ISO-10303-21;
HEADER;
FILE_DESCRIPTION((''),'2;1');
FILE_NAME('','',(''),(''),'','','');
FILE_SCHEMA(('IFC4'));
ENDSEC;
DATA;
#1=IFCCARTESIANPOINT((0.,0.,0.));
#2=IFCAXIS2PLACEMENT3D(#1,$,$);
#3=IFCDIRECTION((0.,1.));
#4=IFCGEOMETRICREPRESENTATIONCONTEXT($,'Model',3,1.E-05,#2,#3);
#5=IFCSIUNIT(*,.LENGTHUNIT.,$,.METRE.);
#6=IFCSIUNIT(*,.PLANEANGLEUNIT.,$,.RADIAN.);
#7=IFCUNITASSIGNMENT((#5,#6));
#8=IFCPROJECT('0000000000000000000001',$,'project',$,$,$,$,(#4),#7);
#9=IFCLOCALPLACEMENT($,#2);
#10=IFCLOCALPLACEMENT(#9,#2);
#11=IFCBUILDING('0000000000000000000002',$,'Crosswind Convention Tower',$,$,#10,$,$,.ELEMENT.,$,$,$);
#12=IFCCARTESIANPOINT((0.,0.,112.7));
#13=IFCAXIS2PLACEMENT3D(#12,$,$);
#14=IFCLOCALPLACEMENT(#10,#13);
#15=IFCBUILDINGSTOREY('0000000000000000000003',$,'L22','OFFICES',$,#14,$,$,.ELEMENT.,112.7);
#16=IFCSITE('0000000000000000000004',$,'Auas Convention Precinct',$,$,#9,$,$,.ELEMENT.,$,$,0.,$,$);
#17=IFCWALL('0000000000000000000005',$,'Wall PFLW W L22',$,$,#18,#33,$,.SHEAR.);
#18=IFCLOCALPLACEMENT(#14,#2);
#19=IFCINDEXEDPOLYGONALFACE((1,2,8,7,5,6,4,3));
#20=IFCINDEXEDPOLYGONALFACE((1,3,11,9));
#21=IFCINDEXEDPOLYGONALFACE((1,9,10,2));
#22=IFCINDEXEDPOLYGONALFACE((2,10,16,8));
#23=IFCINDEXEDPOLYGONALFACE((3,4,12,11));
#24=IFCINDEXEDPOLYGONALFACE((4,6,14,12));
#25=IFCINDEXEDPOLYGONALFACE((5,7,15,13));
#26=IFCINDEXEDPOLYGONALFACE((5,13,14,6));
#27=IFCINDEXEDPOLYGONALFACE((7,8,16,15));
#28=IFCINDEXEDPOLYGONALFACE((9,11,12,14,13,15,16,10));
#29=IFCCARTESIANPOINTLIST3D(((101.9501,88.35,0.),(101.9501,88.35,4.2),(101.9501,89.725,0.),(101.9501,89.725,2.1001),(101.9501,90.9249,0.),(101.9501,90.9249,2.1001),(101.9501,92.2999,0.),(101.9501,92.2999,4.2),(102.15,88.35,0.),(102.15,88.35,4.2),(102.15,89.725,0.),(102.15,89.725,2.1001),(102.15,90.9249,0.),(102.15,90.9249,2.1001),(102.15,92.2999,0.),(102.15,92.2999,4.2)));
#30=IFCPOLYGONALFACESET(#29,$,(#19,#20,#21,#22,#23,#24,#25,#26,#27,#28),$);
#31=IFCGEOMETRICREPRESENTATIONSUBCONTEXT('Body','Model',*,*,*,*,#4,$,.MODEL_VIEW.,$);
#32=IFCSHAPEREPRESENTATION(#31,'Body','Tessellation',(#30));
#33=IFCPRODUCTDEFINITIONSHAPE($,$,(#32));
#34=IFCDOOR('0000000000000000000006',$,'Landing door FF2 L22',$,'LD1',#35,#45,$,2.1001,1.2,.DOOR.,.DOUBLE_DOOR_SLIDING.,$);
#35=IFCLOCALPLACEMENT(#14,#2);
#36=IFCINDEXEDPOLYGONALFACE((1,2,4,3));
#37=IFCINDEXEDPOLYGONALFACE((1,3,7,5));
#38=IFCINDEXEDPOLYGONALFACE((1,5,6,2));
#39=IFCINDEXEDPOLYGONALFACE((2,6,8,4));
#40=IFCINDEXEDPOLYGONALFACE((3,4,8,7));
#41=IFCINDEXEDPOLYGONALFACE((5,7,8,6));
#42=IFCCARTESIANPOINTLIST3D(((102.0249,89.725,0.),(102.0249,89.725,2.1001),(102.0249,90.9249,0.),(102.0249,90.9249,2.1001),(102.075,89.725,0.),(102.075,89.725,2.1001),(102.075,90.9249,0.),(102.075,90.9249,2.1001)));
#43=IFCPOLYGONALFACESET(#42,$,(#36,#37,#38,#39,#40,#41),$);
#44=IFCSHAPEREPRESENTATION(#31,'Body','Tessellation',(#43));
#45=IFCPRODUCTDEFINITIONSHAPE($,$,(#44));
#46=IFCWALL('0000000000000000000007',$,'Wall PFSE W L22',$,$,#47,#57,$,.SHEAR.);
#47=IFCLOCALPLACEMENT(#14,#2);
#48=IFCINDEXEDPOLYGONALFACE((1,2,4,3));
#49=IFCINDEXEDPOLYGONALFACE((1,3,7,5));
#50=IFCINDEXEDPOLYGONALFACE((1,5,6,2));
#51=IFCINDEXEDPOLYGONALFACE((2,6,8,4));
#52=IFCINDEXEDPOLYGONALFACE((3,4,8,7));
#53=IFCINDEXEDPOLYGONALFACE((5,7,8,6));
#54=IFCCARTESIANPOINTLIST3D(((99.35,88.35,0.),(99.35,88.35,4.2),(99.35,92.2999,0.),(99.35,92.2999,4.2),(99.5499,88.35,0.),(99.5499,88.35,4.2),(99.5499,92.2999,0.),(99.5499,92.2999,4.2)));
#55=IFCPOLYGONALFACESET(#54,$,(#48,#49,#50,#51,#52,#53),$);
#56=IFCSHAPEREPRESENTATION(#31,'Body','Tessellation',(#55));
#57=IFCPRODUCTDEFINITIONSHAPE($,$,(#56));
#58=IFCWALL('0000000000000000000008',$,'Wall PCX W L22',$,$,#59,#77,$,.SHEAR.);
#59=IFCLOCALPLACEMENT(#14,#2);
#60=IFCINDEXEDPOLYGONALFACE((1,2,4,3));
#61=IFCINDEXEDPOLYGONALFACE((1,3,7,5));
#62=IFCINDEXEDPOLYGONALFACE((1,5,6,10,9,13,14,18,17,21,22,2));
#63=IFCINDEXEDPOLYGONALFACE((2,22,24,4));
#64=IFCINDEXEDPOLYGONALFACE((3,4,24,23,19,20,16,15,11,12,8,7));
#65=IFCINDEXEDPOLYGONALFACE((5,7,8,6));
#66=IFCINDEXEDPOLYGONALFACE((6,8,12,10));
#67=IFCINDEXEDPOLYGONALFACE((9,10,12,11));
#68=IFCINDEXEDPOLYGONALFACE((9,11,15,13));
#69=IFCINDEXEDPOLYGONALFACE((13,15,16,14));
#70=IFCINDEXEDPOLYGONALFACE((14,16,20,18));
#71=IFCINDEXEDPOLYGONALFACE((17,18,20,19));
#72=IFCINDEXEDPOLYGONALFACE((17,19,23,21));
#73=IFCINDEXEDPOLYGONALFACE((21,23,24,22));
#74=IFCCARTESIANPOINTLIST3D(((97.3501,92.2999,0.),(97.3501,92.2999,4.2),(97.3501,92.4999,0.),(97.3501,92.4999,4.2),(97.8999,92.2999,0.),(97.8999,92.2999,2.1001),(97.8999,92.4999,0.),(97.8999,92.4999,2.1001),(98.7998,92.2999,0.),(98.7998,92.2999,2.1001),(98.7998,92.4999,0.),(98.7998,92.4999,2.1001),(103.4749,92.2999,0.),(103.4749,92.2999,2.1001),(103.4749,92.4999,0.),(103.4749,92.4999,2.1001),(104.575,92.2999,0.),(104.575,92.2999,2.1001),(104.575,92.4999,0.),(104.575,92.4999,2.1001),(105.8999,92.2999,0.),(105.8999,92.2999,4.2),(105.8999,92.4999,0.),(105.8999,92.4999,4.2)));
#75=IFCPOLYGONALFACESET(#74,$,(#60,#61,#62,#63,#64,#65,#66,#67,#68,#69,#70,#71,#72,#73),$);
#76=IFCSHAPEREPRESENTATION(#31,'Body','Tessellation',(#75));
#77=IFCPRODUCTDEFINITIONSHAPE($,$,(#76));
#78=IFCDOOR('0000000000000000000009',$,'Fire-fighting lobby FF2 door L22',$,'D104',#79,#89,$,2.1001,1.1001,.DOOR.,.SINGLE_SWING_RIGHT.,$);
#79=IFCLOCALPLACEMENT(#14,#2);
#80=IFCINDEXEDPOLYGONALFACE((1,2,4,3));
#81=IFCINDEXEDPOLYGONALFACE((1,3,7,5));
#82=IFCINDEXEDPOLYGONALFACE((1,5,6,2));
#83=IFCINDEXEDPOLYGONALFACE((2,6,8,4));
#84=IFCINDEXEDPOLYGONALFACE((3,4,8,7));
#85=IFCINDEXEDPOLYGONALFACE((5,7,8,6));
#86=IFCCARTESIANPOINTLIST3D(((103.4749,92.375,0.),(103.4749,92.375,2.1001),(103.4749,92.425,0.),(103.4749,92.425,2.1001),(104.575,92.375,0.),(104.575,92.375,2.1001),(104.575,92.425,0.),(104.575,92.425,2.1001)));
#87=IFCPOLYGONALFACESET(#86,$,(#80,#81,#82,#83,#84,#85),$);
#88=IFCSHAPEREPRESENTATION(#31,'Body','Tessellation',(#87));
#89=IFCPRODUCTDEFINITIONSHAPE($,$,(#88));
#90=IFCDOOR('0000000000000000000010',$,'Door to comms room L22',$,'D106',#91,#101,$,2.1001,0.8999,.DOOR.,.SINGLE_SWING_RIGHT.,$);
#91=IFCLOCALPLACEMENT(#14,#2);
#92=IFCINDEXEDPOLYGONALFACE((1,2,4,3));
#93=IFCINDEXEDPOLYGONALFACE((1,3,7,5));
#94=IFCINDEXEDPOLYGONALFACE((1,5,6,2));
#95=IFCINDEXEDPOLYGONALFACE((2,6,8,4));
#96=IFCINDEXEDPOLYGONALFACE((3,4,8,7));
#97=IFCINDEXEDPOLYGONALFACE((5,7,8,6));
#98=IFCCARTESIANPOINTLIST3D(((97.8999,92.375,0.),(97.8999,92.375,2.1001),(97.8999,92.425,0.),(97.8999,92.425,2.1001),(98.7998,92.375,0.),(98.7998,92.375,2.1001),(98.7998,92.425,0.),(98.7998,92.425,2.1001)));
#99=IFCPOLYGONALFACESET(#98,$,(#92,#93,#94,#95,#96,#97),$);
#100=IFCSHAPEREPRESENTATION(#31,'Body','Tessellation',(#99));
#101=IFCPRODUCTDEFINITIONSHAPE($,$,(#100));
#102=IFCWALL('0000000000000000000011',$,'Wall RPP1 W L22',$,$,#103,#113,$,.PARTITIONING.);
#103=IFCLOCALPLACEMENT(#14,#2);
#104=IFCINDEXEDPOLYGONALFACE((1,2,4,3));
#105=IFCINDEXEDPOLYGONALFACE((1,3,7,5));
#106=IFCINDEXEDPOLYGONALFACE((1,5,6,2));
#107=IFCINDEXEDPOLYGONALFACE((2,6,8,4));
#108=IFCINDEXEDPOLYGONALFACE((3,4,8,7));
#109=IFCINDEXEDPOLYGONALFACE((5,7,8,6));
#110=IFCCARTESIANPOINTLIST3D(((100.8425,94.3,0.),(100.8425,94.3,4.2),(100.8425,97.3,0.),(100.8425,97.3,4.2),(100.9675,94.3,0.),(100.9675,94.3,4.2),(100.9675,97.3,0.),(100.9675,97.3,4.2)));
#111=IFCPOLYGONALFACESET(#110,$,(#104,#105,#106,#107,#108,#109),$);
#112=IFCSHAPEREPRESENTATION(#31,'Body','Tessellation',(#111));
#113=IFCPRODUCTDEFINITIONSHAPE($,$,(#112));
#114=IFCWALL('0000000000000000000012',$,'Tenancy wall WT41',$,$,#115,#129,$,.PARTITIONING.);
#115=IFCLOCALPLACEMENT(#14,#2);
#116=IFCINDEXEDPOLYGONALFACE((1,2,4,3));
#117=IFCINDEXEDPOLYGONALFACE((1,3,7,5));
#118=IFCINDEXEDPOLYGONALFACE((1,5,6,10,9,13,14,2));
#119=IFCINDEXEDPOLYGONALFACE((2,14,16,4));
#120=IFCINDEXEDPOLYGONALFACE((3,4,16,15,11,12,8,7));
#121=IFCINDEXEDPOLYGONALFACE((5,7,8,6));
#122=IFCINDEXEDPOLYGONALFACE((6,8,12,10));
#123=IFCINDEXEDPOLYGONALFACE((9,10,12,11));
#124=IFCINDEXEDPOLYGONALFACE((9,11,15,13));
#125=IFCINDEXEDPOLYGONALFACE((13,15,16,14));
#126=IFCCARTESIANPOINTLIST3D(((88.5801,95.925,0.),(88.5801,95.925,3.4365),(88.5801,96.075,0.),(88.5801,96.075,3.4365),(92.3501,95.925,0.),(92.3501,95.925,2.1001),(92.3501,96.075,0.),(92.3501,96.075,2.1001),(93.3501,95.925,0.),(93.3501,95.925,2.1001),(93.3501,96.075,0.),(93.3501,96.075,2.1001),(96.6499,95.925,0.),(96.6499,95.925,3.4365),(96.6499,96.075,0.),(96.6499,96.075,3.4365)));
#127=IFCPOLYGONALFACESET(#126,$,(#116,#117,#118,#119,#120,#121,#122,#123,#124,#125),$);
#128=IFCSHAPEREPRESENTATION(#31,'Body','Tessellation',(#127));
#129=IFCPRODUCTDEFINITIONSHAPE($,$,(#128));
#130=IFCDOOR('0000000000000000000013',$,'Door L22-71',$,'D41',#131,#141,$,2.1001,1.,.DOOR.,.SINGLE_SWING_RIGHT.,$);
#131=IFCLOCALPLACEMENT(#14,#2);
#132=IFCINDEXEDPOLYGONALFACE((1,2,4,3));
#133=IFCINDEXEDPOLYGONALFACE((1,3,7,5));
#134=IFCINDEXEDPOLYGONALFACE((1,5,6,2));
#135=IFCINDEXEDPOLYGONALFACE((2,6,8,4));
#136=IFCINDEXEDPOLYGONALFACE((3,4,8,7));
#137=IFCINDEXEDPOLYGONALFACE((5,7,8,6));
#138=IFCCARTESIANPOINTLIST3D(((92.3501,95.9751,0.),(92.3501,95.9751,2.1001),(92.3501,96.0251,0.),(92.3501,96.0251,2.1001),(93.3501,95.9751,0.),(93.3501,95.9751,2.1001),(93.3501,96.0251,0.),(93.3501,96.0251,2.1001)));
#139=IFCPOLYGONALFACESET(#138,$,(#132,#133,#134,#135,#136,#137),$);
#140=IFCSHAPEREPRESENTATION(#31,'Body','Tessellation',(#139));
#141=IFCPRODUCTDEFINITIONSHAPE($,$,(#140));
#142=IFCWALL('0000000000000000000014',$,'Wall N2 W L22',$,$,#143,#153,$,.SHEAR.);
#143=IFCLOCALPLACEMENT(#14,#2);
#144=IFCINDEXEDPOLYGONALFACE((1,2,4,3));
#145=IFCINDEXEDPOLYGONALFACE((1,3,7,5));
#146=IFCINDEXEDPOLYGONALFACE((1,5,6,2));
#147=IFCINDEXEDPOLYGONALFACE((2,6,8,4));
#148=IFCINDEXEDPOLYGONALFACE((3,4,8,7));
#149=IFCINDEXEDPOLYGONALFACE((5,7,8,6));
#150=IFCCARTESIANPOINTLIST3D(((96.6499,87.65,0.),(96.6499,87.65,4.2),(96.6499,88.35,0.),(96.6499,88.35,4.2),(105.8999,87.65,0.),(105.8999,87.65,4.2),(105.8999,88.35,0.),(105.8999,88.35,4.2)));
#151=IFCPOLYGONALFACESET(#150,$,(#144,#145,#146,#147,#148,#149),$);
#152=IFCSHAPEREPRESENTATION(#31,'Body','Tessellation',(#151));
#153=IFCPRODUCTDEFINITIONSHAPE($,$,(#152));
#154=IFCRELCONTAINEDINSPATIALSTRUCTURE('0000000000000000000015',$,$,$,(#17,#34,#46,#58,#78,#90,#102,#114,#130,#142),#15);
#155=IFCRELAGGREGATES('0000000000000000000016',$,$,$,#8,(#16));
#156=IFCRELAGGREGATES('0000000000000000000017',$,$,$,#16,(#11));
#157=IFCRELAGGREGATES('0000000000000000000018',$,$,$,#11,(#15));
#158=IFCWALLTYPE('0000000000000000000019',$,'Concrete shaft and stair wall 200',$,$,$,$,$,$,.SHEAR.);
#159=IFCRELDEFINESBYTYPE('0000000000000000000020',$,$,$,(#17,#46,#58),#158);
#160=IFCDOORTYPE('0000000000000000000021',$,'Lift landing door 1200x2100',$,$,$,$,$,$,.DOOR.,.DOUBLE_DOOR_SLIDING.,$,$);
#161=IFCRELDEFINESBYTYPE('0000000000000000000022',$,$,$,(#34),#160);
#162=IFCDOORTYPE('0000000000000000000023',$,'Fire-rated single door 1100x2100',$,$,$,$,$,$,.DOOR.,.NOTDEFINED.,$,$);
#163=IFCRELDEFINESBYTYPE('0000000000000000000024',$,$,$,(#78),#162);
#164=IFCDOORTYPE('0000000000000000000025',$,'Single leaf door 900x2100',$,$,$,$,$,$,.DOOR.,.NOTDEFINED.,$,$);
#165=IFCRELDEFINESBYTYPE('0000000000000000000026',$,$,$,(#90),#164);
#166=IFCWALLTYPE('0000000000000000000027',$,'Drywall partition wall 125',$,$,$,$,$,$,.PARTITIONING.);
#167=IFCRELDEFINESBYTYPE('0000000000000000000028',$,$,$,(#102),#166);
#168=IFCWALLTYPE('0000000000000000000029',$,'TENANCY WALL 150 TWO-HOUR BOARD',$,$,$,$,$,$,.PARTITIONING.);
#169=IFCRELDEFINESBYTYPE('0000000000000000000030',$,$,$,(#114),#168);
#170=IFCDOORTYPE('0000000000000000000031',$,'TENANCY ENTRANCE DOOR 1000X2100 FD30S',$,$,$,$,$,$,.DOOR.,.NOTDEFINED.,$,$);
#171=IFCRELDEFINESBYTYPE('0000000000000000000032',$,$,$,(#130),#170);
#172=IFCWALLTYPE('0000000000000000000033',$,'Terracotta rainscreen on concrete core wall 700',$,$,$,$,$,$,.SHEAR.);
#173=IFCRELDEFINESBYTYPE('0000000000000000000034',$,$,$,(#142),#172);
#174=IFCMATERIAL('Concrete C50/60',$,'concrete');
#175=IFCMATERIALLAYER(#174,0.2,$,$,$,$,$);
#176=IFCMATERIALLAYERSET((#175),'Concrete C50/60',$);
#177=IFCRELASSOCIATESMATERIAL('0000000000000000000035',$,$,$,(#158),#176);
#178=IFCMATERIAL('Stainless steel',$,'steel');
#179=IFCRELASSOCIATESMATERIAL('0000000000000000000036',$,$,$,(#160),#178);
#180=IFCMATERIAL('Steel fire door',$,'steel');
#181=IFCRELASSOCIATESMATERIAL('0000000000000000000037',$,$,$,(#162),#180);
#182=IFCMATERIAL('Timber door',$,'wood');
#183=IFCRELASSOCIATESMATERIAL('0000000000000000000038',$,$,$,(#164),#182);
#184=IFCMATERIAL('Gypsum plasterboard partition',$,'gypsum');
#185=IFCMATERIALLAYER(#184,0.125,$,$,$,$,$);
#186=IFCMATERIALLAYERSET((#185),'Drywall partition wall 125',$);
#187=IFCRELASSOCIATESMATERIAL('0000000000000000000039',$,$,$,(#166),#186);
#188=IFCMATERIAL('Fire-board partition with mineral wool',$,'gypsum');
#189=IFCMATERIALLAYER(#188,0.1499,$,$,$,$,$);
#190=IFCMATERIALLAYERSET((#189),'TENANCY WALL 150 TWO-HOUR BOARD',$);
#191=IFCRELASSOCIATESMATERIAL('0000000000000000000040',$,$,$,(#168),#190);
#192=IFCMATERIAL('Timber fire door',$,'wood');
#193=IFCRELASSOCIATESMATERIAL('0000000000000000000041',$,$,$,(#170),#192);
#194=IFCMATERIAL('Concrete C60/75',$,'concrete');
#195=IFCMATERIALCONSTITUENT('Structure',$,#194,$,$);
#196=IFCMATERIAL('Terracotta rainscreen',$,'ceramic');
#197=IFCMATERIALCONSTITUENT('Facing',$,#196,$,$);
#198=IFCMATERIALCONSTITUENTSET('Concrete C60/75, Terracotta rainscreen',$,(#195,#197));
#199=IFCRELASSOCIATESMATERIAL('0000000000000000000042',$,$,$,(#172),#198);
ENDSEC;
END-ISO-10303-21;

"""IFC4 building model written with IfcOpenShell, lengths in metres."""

from ifc_helpers import new_model, si_unit, direction, frame, frame_2d, origin, place, context, subcontext, project, spatial, rectangle, extrude, material, layer, layer_set, constituent, constituent_set, type_object, element, fill, save


model = new_model("IFC4")

# Units and contexts
model_context = context("Model", 3, precision=1e-05, world=origin(), true_north=direction((0.0, 1.0)))
body_context = subcontext(model_context, "Body", "Model", "MODEL_VIEW")
ifc_project = project(units=[si_unit("LENGTHUNIT", "METRE"), si_unit("PLANEANGLEUNIT", "RADIAN")], contexts=[model_context])

# Site, building, storey
site_placement = place(None, origin())
site = spatial("IfcSite", under=ifc_project, at=site_placement, Name="Auas Convention Precinct", CompositionType="ELEMENT", RefElevation=0.0)
building_placement = place(site_placement, origin())
building = spatial("IfcBuilding", under=site, at=building_placement, Name="Crosswind Convention Tower", CompositionType="ELEMENT")
storey_placement = place(building_placement, frame((0.0, 0.0, 112.7)))
storey = spatial("IfcBuildingStorey", under=building, at=storey_placement, Name="L22", Description="OFFICES", CompositionType="ELEMENT", Elevation=112.7)

# Shared definitions
ifc_material_1 = material(Name="Concrete C60/75", Category="concrete")

# Shared definitions
ifc_material_2 = material(Name="Concrete C50/60", Category="concrete")
ifc_layer_1 = layer(ifc_material_2, 0.2)
ifc_layer_set_1 = layer_set([ifc_layer_1], Name="Concrete C50/60")
wall_type_1 = type_object("IfcWallType", Name="Concrete shaft and stair wall 200", PredefinedType="SHEAR", material=ifc_layer_set_1)

# Wall, opening, door
wall_1_placement = place(storey_placement, frame((102.05, 92.3, 0.0), z_axis=(0.0, 0.0, 1.0), x_axis=(0.0, -1.0, 0.0)))
wall_1 = element("IfcWall", 1, at=wall_1_placement, inside=storey, type_object=wall_type_1, Name="Wall PFLW W L22", PredefinedType="SHEAR", context=body_context, shape_type="SweptSolid", body=[
    extrude(rectangle(XDim=3.95, YDim=0.2, at=frame_2d((1.9751, 0.0))), origin(), (0.0, 0.0, 1.0), 4.2),
])
opening_1_placement = place(wall_1_placement, frame((1.375, 0.0, 0.0)))
opening_1 = element("IfcOpeningElement", 2, at=opening_1_placement, cuts=wall_1, PredefinedType="OPENING", context=body_context, shape_type="SweptSolid", body=[
    extrude(rectangle(XDim=1.2, YDim=2.1001, at=frame_2d((0.6001, 1.05))), frame((0.0, 0.1099, 0.0), z_axis=(0.0, -1.0, 0.0), x_axis=(1.0, 0.0, 0.0)), (0.0, 0.0, 1.0), 0.22),
])
ifc_material_3 = material(Name="Stainless steel", Category="steel")
door_type_1 = type_object("IfcDoorType", Name="Lift landing door 1200x2100", OperationType="DOUBLE_DOOR_SLIDING", PredefinedType="DOOR", material=ifc_material_3)
door_1_placement = place(opening_1_placement, origin())
door_1 = element("IfcDoor", 3, at=door_1_placement, inside=storey, type_object=door_type_1, Name="Landing door FF2 L22", ObjectType="LD1", OperationType="DOUBLE_DOOR_SLIDING", OverallHeight=2.1001, OverallWidth=1.2, PredefinedType="DOOR", context=body_context, shape_type="SweptSolid", body=[
    extrude(rectangle(XDim=1.2, YDim=2.1001, at=frame_2d((0.6001, 1.05))), frame((0.0, 0.0249, 0.0), z_axis=(0.0, -1.0, 0.0), x_axis=(1.0, 0.0, 0.0)), (0.0, 0.0, 1.0), 0.05),
])
fill(opening_1, door_1)

# Wall
wall_2_placement = place(storey_placement, frame((99.45, 92.3, 0.0), z_axis=(0.0, 0.0, 1.0), x_axis=(0.0, -1.0, 0.0)))
element("IfcWall", 4, at=wall_2_placement, inside=storey, type_object=wall_type_1, Name="Wall PFSE W L22", PredefinedType="SHEAR", context=body_context, shape_type="SweptSolid", body=[
    extrude(rectangle(XDim=3.95, YDim=0.2, at=frame_2d((1.9751, 0.0))), origin(), (0.0, 0.0, 1.0), 4.2),
])

# Wall, openings, doors
wall_3_placement = place(storey_placement, frame((105.8999, 92.3999, 0.0), z_axis=(0.0, 0.0, 1.0), x_axis=(-1.0, 0.0, 0.0)))
wall_3 = element("IfcWall", 5, at=wall_3_placement, inside=storey, type_object=wall_type_1, Name="Wall PCX W L22", PredefinedType="SHEAR", context=body_context, shape_type="SweptSolid", body=[
    extrude(rectangle(XDim=8.5498, YDim=0.2, at=frame_2d((4.2749, 0.0))), origin(), (0.0, 0.0, 1.0), 4.2),
])
opening_2_placement = place(wall_3_placement, frame((1.325, 0.0, 0.0)))
opening_2 = element("IfcOpeningElement", 6, at=opening_2_placement, cuts=wall_3, PredefinedType="OPENING", context=body_context, shape_type="SweptSolid", body=[
    extrude(rectangle(XDim=1.1001, YDim=2.1001, at=frame_2d((0.55, 1.05))), frame((0.0, 0.1099, 0.0), z_axis=(0.0, -1.0, 0.0), x_axis=(1.0, 0.0, 0.0)), (0.0, 0.0, 1.0), 0.22),
])
opening_3_placement = place(wall_3_placement, frame((7.1001, 0.0, 0.0)))
opening_3 = element("IfcOpeningElement", 7, at=opening_3_placement, cuts=wall_3, PredefinedType="OPENING", context=body_context, shape_type="SweptSolid", body=[
    extrude(rectangle(XDim=0.8999, YDim=2.1001, at=frame_2d((0.45, 1.05))), frame((0.0, 0.1099, 0.0), z_axis=(0.0, -1.0, 0.0), x_axis=(1.0, 0.0, 0.0)), (0.0, 0.0, 1.0), 0.22),
])
ifc_material_4 = material(Name="Steel fire door", Category="steel")
door_type_2 = type_object("IfcDoorType", Name="Fire-rated single door 1100x2100", OperationType="NOTDEFINED", PredefinedType="DOOR", material=ifc_material_4)
door_2_placement = place(opening_2_placement, origin())
door_2 = element("IfcDoor", 8, at=door_2_placement, inside=storey, type_object=door_type_2, Name="Fire-fighting lobby FF2 door L22", ObjectType="D104", OperationType="SINGLE_SWING_RIGHT", OverallHeight=2.1001, OverallWidth=1.1001, PredefinedType="DOOR", context=body_context, shape_type="SweptSolid", body=[
    extrude(rectangle(XDim=1.1001, YDim=2.1001, at=frame_2d((0.55, 1.05))), frame((0.0, 0.0249, 0.0), z_axis=(0.0, -1.0, 0.0), x_axis=(1.0, 0.0, 0.0)), (0.0, 0.0, 1.0), 0.05),
])
fill(opening_2, door_2)
ifc_material_5 = material(Name="Timber door", Category="wood")
door_type_3 = type_object("IfcDoorType", Name="Single leaf door 900x2100", OperationType="NOTDEFINED", PredefinedType="DOOR", material=ifc_material_5)
door_3_placement = place(opening_3_placement, origin())
door_3 = element("IfcDoor", 9, at=door_3_placement, inside=storey, type_object=door_type_3, Name="Door to comms room L22", ObjectType="D106", OperationType="SINGLE_SWING_RIGHT", OverallHeight=2.1001, OverallWidth=0.8999, PredefinedType="DOOR", context=body_context, shape_type="SweptSolid", body=[
    extrude(rectangle(XDim=0.8999, YDim=2.1001, at=frame_2d((0.45, 1.05))), frame((0.0, 0.0249, 0.0), z_axis=(0.0, -1.0, 0.0), x_axis=(1.0, 0.0, 0.0)), (0.0, 0.0, 1.0), 0.05),
])
fill(opening_3, door_3)

# Wall
ifc_material_6 = material(Name="Gypsum plasterboard partition", Category="gypsum")
ifc_layer_2 = layer(ifc_material_6, 0.125)
ifc_layer_set_2 = layer_set([ifc_layer_2], Name="Drywall partition wall 125")
wall_type_2 = type_object("IfcWallType", Name="Drywall partition wall 125", PredefinedType="PARTITIONING", material=ifc_layer_set_2)
wall_4_placement = place(storey_placement, frame((100.905, 97.3, 0.0), z_axis=(0.0, 0.0, 1.0), x_axis=(0.0, -1.0, 0.0)))
element("IfcWall", 10, at=wall_4_placement, inside=storey, type_object=wall_type_2, Name="Wall RPP1 W L22", PredefinedType="PARTITIONING", context=body_context, shape_type="SweptSolid", body=[
    extrude(rectangle(XDim=3.0, YDim=0.125, at=frame_2d((1.5, 0.0))), origin(), (0.0, 0.0, 1.0), 4.2),
])

# Wall, opening, door
ifc_material_7 = material(Name="Fire-board partition with mineral wool", Category="gypsum")
ifc_layer_3 = layer(ifc_material_7, 0.1499)
ifc_layer_set_3 = layer_set([ifc_layer_3], Name="TENANCY WALL 150 TWO-HOUR BOARD")
wall_type_3 = type_object("IfcWallType", Name="TENANCY WALL 150 TWO-HOUR BOARD", PredefinedType="PARTITIONING", material=ifc_layer_set_3)
wall_5_placement = place(storey_placement, frame((88.5801, 96.0, 0.0), z_axis=(0.0, 0.0, 1.0), x_axis=(1.0, 0.0, 0.0)))
wall_5 = element("IfcWall", 11, at=wall_5_placement, inside=storey, type_object=wall_type_3, Name="Tenancy wall WT41", PredefinedType="PARTITIONING", context=body_context, shape_type="SweptSolid", body=[
    extrude(rectangle(XDim=8.0698, YDim=0.1499, at=frame_2d((4.0349, 0.0))), origin(), (0.0, 0.0, 1.0), 3.4365),
])
opening_4_placement = place(wall_5_placement, frame((3.77, 0.0, 0.0)))
opening_4 = element("IfcOpeningElement", 12, at=opening_4_placement, cuts=wall_5, PredefinedType="OPENING", context=body_context, shape_type="SweptSolid", body=[
    extrude(rectangle(XDim=1.0, YDim=2.1001, at=frame_2d((0.5, 1.05))), frame((0.0, 0.085, 0.0), z_axis=(0.0, -1.0, 0.0), x_axis=(1.0, 0.0, 0.0)), (0.0, 0.0, 1.0), 0.1699),
])
ifc_material_8 = material(Name="Timber fire door", Category="wood")
door_type_4 = type_object("IfcDoorType", Name="TENANCY ENTRANCE DOOR 1000X2100 FD30S", OperationType="NOTDEFINED", PredefinedType="DOOR", material=ifc_material_8)
door_4_placement = place(opening_4_placement, frame((1.0, 0.0, 0.0), z_axis=(0.0, 0.0, 1.0), x_axis=(-1.0, 0.0, 0.0)))
door_4 = element("IfcDoor", 13, at=door_4_placement, inside=storey, type_object=door_type_4, Name="Door L22-71", ObjectType="D41", OperationType="SINGLE_SWING_RIGHT", OverallHeight=2.1001, OverallWidth=1.0, PredefinedType="DOOR", context=body_context, shape_type="SweptSolid", body=[
    extrude(rectangle(XDim=1.0, YDim=2.1001, at=frame_2d((0.5, 1.05))), frame((0.0, 0.0249, 0.0), z_axis=(0.0, -1.0, 0.0), x_axis=(1.0, 0.0, 0.0)), (0.0, 0.0, 1.0), 0.05),
])
fill(opening_4, door_4)

# Wall
ifc_constituent_1 = constituent(ifc_material_1, Name="Structure")
ifc_material_9 = material(Name="Terracotta rainscreen", Category="ceramic")
ifc_constituent_2 = constituent(ifc_material_9, Name="Facing")
ifc_constituent_set = constituent_set(constituents=[ifc_constituent_1, ifc_constituent_2], Name="Concrete C60/75, Terracotta rainscreen")
wall_type_4 = type_object("IfcWallType", Name="Terracotta rainscreen on concrete core wall 700", PredefinedType="SHEAR", material=ifc_constituent_set)
wall_6_placement = place(storey_placement, frame((105.8999, 88.0, 0.0), z_axis=(0.0, 0.0, 1.0), x_axis=(-1.0, 0.0, 0.0)))
element("IfcWall", 14, at=wall_6_placement, inside=storey, type_object=wall_type_4, Name="Wall N2 W L22", PredefinedType="SHEAR", context=body_context, shape_type="SweptSolid", body=[
    extrude(rectangle(XDim=9.25, YDim=0.7, at=frame_2d((4.625, 0.0))), origin(), (0.0, 0.0, 1.0), 4.2),
])

save(model, "model.ifc")
